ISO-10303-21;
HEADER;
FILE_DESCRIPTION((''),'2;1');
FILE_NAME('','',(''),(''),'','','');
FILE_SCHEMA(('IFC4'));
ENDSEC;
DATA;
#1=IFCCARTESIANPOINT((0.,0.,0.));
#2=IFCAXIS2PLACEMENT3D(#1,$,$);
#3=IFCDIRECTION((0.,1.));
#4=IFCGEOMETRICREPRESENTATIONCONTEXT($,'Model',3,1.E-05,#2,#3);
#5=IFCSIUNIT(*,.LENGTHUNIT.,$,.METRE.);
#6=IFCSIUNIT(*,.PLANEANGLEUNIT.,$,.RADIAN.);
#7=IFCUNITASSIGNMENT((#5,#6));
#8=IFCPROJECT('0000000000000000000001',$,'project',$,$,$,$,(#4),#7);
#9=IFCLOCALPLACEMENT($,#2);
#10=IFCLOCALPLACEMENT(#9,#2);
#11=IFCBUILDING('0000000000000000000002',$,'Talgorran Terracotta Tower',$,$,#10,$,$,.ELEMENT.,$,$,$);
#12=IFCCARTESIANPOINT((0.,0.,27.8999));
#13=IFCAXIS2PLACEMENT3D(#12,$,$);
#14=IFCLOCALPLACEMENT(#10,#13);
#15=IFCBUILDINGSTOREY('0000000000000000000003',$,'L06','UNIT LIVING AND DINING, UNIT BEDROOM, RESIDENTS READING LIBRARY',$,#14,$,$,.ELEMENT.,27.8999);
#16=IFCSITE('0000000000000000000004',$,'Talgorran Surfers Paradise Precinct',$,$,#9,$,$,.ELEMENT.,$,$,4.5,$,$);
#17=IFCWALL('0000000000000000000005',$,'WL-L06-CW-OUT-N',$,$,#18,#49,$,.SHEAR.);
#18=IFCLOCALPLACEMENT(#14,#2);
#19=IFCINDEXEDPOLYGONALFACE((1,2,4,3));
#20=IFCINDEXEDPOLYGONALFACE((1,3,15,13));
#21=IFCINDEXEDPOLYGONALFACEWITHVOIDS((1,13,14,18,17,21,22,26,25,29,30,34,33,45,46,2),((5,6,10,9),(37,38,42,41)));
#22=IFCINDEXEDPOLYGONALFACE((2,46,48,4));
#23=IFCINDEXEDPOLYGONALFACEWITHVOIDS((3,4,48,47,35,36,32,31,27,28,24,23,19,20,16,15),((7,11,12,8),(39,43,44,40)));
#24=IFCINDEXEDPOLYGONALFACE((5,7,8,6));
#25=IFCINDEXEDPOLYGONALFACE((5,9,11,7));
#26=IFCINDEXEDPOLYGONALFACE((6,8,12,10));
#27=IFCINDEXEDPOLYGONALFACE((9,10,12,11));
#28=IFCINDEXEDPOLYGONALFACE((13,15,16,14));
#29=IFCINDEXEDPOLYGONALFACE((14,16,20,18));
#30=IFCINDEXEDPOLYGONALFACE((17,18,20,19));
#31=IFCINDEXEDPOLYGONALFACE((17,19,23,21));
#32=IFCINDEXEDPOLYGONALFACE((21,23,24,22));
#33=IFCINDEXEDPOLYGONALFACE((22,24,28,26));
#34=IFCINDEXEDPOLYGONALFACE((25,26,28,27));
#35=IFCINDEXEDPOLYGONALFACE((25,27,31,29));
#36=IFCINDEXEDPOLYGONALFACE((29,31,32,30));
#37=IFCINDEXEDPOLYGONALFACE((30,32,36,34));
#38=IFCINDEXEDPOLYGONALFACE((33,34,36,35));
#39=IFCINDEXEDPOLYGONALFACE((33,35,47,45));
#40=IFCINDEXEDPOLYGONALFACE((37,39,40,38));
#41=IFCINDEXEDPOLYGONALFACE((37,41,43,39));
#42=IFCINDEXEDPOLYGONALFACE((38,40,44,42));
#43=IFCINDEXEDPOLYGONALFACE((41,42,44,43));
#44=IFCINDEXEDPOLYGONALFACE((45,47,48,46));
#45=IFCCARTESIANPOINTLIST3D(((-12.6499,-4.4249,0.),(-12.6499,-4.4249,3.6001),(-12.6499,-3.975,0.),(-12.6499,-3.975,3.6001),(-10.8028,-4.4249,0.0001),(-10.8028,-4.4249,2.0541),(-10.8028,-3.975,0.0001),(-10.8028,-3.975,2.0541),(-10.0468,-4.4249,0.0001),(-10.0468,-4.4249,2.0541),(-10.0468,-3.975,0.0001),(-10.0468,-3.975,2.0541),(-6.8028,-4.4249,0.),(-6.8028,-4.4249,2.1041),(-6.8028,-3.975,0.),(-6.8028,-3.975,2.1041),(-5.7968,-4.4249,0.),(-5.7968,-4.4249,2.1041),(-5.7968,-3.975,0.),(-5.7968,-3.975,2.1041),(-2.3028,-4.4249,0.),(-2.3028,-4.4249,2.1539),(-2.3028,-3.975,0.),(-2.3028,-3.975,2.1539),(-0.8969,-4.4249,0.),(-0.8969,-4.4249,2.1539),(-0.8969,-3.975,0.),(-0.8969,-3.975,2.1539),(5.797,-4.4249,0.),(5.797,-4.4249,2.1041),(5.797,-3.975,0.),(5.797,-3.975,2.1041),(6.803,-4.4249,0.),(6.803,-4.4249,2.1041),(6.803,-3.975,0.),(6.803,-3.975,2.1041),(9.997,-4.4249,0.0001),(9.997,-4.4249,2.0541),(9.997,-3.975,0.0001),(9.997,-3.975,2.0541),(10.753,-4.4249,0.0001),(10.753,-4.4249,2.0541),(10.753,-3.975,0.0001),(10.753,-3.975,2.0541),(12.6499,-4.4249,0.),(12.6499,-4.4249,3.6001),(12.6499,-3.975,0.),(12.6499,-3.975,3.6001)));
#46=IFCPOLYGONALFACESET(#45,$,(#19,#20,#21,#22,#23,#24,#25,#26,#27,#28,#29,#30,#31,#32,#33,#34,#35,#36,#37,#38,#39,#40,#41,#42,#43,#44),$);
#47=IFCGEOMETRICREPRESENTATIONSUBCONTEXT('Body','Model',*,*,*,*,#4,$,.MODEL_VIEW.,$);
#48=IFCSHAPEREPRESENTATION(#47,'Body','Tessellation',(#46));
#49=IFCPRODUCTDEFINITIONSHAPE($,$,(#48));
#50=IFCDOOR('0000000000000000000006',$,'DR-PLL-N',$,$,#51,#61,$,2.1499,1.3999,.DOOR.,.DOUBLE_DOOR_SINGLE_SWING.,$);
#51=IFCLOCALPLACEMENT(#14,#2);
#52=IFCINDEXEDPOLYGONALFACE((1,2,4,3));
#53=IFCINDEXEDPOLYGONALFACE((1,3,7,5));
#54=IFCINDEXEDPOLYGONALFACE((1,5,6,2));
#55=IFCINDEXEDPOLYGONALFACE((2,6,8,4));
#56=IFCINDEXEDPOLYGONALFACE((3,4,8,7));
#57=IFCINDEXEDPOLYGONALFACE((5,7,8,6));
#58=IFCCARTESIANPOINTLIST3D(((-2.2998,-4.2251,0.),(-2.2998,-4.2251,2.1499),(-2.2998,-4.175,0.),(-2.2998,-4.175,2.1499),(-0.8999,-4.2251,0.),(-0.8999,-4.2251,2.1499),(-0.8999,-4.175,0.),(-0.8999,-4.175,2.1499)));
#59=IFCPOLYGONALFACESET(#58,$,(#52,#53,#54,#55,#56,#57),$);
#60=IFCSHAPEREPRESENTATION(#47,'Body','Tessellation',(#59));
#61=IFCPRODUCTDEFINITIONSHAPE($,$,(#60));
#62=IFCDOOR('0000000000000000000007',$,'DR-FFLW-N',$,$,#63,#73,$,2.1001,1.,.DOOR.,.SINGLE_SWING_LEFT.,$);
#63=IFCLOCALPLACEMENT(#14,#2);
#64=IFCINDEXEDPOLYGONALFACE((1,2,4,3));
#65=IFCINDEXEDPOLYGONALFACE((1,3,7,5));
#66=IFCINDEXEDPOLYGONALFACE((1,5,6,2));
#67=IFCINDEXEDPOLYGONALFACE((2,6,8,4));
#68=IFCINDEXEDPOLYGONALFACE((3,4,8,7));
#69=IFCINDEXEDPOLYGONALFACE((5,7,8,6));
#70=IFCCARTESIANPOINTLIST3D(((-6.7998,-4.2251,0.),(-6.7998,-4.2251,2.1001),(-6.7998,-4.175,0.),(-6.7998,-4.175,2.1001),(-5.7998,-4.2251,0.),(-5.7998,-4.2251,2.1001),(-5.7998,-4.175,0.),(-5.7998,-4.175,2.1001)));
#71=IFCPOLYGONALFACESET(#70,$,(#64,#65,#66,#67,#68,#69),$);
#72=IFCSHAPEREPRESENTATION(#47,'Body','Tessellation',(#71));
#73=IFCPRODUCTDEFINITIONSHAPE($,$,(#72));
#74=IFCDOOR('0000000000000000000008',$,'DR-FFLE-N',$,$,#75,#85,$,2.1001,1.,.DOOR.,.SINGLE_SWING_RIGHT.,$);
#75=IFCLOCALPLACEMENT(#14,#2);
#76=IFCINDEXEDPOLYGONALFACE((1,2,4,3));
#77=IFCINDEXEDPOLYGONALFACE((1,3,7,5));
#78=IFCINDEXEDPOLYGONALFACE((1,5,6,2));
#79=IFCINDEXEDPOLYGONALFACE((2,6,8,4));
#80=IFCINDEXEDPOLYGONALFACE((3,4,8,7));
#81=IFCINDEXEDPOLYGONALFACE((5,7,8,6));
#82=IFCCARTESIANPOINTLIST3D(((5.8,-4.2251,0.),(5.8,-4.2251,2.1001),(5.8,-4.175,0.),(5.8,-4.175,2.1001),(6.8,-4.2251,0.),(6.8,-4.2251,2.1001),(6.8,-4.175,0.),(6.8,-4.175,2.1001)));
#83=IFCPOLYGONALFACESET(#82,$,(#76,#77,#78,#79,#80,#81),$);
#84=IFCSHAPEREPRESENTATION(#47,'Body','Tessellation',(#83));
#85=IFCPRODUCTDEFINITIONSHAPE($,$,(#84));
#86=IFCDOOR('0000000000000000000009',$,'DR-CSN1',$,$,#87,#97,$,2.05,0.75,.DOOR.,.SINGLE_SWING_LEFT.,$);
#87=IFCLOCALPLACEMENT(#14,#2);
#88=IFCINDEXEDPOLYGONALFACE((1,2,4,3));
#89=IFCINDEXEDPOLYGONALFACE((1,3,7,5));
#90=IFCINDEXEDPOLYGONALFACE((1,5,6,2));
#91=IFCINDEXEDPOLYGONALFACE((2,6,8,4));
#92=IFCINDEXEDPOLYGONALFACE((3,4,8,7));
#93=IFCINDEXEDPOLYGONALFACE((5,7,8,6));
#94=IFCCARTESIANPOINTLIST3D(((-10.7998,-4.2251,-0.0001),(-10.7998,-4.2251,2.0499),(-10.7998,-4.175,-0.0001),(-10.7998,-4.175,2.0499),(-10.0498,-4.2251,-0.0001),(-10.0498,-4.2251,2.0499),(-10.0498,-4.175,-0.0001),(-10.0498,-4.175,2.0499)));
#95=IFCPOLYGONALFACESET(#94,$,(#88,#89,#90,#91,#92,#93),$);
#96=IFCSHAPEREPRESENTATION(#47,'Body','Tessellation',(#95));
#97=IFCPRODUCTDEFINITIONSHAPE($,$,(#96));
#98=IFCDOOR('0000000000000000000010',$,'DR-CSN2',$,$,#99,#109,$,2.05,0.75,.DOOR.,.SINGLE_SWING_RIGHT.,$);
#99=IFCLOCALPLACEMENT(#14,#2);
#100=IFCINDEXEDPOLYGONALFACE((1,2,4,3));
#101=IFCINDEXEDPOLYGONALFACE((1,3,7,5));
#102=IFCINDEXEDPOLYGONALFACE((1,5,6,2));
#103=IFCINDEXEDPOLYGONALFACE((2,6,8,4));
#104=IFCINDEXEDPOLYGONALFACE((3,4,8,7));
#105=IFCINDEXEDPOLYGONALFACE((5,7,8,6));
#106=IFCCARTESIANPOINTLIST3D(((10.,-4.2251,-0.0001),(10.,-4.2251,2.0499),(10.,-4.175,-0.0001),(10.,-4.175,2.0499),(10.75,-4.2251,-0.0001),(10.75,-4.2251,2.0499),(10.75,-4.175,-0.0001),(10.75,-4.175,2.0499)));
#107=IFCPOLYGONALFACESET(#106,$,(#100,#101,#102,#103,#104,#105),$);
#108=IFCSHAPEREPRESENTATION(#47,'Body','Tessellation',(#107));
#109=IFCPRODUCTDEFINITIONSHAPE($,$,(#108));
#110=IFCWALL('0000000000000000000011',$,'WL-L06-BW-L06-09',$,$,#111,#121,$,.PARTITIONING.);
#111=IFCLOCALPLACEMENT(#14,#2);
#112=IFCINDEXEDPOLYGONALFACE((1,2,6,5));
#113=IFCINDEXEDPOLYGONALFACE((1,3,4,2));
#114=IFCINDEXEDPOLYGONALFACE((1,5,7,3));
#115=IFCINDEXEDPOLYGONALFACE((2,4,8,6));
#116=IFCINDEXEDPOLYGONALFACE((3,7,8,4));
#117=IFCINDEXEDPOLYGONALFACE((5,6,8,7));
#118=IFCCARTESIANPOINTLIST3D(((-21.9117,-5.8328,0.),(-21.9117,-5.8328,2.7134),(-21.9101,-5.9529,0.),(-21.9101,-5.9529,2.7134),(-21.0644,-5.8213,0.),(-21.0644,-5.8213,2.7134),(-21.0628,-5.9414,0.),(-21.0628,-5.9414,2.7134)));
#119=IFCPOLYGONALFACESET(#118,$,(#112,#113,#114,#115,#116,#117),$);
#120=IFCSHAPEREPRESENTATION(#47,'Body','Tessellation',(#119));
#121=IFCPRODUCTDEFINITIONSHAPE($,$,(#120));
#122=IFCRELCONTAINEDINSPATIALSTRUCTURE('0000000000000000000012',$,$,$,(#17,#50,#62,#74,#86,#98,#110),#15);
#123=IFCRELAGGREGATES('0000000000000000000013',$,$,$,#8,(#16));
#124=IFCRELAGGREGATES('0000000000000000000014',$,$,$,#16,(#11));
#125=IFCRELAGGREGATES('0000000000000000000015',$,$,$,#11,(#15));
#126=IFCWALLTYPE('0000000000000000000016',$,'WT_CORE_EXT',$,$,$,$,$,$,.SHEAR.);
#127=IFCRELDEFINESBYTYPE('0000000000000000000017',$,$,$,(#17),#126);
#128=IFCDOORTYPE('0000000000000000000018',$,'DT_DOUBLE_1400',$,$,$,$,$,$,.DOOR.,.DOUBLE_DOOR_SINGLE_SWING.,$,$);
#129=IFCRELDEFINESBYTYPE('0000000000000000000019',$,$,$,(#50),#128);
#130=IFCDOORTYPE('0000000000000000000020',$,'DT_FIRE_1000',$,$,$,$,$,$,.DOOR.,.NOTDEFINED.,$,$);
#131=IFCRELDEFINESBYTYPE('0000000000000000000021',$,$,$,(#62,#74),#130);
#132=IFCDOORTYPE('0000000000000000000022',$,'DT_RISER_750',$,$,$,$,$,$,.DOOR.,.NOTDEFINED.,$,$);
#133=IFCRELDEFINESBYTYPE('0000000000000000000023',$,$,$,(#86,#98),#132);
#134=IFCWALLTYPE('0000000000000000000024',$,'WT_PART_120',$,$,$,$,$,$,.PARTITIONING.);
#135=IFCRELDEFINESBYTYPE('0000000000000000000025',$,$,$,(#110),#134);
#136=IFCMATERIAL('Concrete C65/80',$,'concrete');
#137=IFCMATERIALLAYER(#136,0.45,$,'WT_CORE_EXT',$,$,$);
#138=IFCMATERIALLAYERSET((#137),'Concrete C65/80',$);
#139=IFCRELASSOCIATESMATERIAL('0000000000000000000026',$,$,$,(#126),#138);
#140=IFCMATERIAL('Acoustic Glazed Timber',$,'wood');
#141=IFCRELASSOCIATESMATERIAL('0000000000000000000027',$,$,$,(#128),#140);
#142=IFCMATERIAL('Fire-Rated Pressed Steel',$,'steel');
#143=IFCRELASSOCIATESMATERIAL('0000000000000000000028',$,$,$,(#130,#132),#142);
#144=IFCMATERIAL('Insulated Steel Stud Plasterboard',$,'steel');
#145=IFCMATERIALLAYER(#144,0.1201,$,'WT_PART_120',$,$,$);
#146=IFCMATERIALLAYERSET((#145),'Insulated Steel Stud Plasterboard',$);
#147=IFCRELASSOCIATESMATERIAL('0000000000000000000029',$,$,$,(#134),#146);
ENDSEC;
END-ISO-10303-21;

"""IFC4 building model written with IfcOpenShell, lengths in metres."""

from ifc_helpers import new_model, si_unit, direction, frame, frame_2d, origin, place, context, subcontext, project, spatial, rectangle, extrude, material, layer, layer_set, type_object, element, fill, save


model = new_model("IFC4")

# Units and contexts
model_context = context("Model", 3, precision=1e-05, world=origin(), true_north=direction((0.0, 1.0)))
body_context = subcontext(model_context, "Body", "Model", "MODEL_VIEW")
ifc_project = project(units=[si_unit("LENGTHUNIT", "METRE"), si_unit("PLANEANGLEUNIT", "RADIAN")], contexts=[model_context])

# Site, building, storey
site_placement = place(None, origin())
site = spatial("IfcSite", under=ifc_project, at=site_placement, Name="Talgorran Surfers Paradise Precinct", CompositionType="ELEMENT", RefElevation=4.5)
building_placement = place(site_placement, origin())
building = spatial("IfcBuilding", under=site, at=building_placement, Name="Talgorran Terracotta Tower", CompositionType="ELEMENT")
storey_placement = place(building_placement, frame((0.0, 0.0, 27.8999)))
storey = spatial("IfcBuildingStorey", under=building, at=storey_placement, Name="L06", Description="UNIT LIVING AND DINING, UNIT BEDROOM, RESIDENTS READING LIBRARY", CompositionType="ELEMENT", Elevation=27.8999)

# Wall, openings, doors
ifc_material_1 = material(Name="Concrete C65/80", Category="concrete")
ifc_layer_1 = layer(ifc_material_1, 0.45, Name="WT_CORE_EXT")
ifc_layer_set_1 = layer_set([ifc_layer_1], Name="Concrete C65/80")
wall_type_1 = type_object("IfcWallType", Name="WT_CORE_EXT", PredefinedType="SHEAR", material=ifc_layer_set_1)
wall_1_placement = place(storey_placement, frame((-12.6499, -4.2, 0.0), z_axis=(0.0, 0.0, 1.0), x_axis=(1.0, 0.0, 0.0)))
wall_1 = element("IfcWall", 1, at=wall_1_placement, inside=storey, type_object=wall_type_1, Name="WL-L06-CW-OUT-N", PredefinedType="SHEAR", context=body_context, shape_type="SweptSolid", body=[
    extrude(rectangle(XDim=25.2998, YDim=0.45, at=frame_2d((12.6499, 0.0))), origin(), (0.0, 0.0, 1.0), 3.6001),
])
opening_1_placement = place(wall_1_placement, frame((1.8501, 0.0, 0.0)))
opening_1 = element("IfcOpeningElement", 2, at=opening_1_placement, cuts=wall_1, PredefinedType="OPENING", context=body_context, shape_type="SweptSolid", body=[
    extrude(rectangle(XDim=0.756, YDim=2.054, at=frame_2d((0.375, 1.0271))), frame((0.0, 0.2349, 0.0), z_axis=(0.0, -1.0, 0.0), x_axis=(1.0, 0.0, 0.0)), (0.0, 0.0, 1.0), 0.47),
])
opening_2_placement = place(wall_1_placement, frame((22.6499, 0.0, 0.0)))
opening_2 = element("IfcOpeningElement", 3, at=opening_2_placement, cuts=wall_1, PredefinedType="OPENING", context=body_context, shape_type="SweptSolid", body=[
    extrude(rectangle(XDim=0.756, YDim=2.054, at=frame_2d((0.375, 1.0271))), frame((0.0, 0.2349, 0.0), z_axis=(0.0, -1.0, 0.0), x_axis=(1.0, 0.0, 0.0)), (0.0, 0.0, 1.0), 0.47),
])
opening_3_placement = place(wall_1_placement, frame((5.8501, 0.0, 0.0)))
opening_3 = element("IfcOpeningElement", 4, at=opening_3_placement, cuts=wall_1, PredefinedType="OPENING", context=body_context, shape_type="SweptSolid", body=[
    extrude(rectangle(XDim=1.006, YDim=2.1041, at=frame_2d((0.5, 1.052))), frame((0.0, 0.2349, 0.0), z_axis=(0.0, -1.0, 0.0), x_axis=(1.0, 0.0, 0.0)), (0.0, 0.0, 1.0), 0.47),
])
opening_4_placement = place(wall_1_placement, frame((10.3501, 0.0, 0.0)))
opening_4 = element("IfcOpeningElement", 5, at=opening_4_placement, cuts=wall_1, PredefinedType="OPENING", context=body_context, shape_type="SweptSolid", body=[
    extrude(rectangle(XDim=1.4059, YDim=2.1539, at=frame_2d((0.7, 1.0769))), frame((0.0, 0.2349, 0.0), z_axis=(0.0, -1.0, 0.0), x_axis=(1.0, 0.0, 0.0)), (0.0, 0.0, 1.0), 0.47),
])
opening_5_placement = place(wall_1_placement, frame((18.45, 0.0, 0.0)))
opening_5 = element("IfcOpeningElement", 6, at=opening_5_placement, cuts=wall_1, PredefinedType="OPENING", context=body_context, shape_type="SweptSolid", body=[
    extrude(rectangle(XDim=1.006, YDim=2.1041, at=frame_2d((0.5, 1.052))), frame((0.0, 0.2349, 0.0), z_axis=(0.0, -1.0, 0.0), x_axis=(1.0, 0.0, 0.0)), (0.0, 0.0, 1.0), 0.47),
])
ifc_material_2 = material(Name="Acoustic Glazed Timber", Category="wood")
door_type_1 = type_object("IfcDoorType", Name="DT_DOUBLE_1400", OperationType="DOUBLE_DOOR_SINGLE_SWING", PredefinedType="DOOR", material=ifc_material_2)
door_1_placement = place(opening_4_placement, origin())
door_1 = element("IfcDoor", 7, at=door_1_placement, inside=storey, type_object=door_type_1, Name="DR-PLL-N", OperationType="DOUBLE_DOOR_SINGLE_SWING", OverallHeight=2.1499, OverallWidth=1.3999, PredefinedType="DOOR", context=body_context, shape_type="SweptSolid", body=[
    extrude(rectangle(XDim=1.3999, YDim=2.1499, at=frame_2d((0.7, 1.075))), frame((0.0, 0.0249, 0.0), z_axis=(0.0, -1.0, 0.0), x_axis=(1.0, 0.0, 0.0)), (0.0, 0.0, 1.0), 0.05),
])
fill(opening_4, door_1)
ifc_material_3 = material(Name="Fire-Rated Pressed Steel", Category="steel")
door_type_2 = type_object("IfcDoorType", Name="DT_FIRE_1000", OperationType="NOTDEFINED", PredefinedType="DOOR", material=ifc_material_3)
door_2_placement = place(opening_3_placement, origin())
door_2 = element("IfcDoor", 8, at=door_2_placement, inside=storey, type_object=door_type_2, Name="DR-FFLW-N", OperationType="SINGLE_SWING_LEFT", OverallHeight=2.1001, OverallWidth=1.0, PredefinedType="DOOR", context=body_context, shape_type="SweptSolid", body=[
    extrude(rectangle(XDim=1.0, YDim=2.1001, at=frame_2d((0.5, 1.05))), frame((0.0, 0.0249, 0.0), z_axis=(0.0, -1.0, 0.0), x_axis=(1.0, 0.0, 0.0)), (0.0, 0.0, 1.0), 0.05),
])
fill(opening_3, door_2)
door_3_placement = place(opening_5_placement, origin())
door_3 = element("IfcDoor", 9, at=door_3_placement, inside=storey, type_object=door_type_2, Name="DR-FFLE-N", OperationType="SINGLE_SWING_RIGHT", OverallHeight=2.1001, OverallWidth=1.0, PredefinedType="DOOR", context=body_context, shape_type="SweptSolid", body=[
    extrude(rectangle(XDim=1.0, YDim=2.1001, at=frame_2d((0.5, 1.05))), frame((0.0, 0.0249, 0.0), z_axis=(0.0, -1.0, 0.0), x_axis=(1.0, 0.0, 0.0)), (0.0, 0.0, 1.0), 0.05),
])
fill(opening_5, door_3)
door_type_3 = type_object("IfcDoorType", Name="DT_RISER_750", OperationType="NOTDEFINED", PredefinedType="DOOR", material=ifc_material_3)
door_4_placement = place(opening_1_placement, origin())
door_4 = element("IfcDoor", 10, at=door_4_placement, inside=storey, type_object=door_type_3, Name="DR-CSN1", OperationType="SINGLE_SWING_LEFT", OverallHeight=2.05, OverallWidth=0.75, PredefinedType="DOOR", context=body_context, shape_type="SweptSolid", body=[
    extrude(rectangle(XDim=0.75, YDim=2.05, at=frame_2d((0.375, 1.0249))), frame((0.0, 0.0249, 0.0), z_axis=(0.0, -1.0, 0.0), x_axis=(1.0, 0.0, 0.0)), (0.0, 0.0, 1.0), 0.05),
])
fill(opening_1, door_4)
door_5_placement = place(opening_2_placement, origin())
door_5 = element("IfcDoor", 11, at=door_5_placement, inside=storey, type_object=door_type_3, Name="DR-CSN2", OperationType="SINGLE_SWING_RIGHT", OverallHeight=2.05, OverallWidth=0.75, PredefinedType="DOOR", context=body_context, shape_type="SweptSolid", body=[
    extrude(rectangle(XDim=0.75, YDim=2.05, at=frame_2d((0.375, 1.0249))), frame((0.0, 0.0249, 0.0), z_axis=(0.0, -1.0, 0.0), x_axis=(1.0, 0.0, 0.0)), (0.0, 0.0, 1.0), 0.05),
])
fill(opening_2, door_5)

# Wall
ifc_material_4 = material(Name="Insulated Steel Stud Plasterboard", Category="steel")
ifc_layer_2 = layer(ifc_material_4, 0.1201, Name="WT_PART_120")
ifc_layer_set_2 = layer_set([ifc_layer_2], Name="Insulated Steel Stud Plasterboard")
wall_type_2 = type_object("IfcWallType", Name="WT_PART_120", PredefinedType="PARTITIONING", material=ifc_layer_set_2)
wall_2_placement = place(storey_placement, frame((-21.0635, -5.8813, 0.0), z_axis=(0.0, 0.0, 1.0), x_axis=(-0.999908, -0.01354, 0.0)))
element("IfcWall", 12, at=wall_2_placement, inside=storey, type_object=wall_type_2, Name="WL-L06-BW-L06-09", PredefinedType="PARTITIONING", context=body_context, shape_type="SweptSolid", body=[
    extrude(rectangle(XDim=0.8474, YDim=0.1201, at=frame_2d((0.4238, 0.0))), origin(), (0.0, 0.0, 1.0), 2.7134),
])

save(model, "model.ifc")
